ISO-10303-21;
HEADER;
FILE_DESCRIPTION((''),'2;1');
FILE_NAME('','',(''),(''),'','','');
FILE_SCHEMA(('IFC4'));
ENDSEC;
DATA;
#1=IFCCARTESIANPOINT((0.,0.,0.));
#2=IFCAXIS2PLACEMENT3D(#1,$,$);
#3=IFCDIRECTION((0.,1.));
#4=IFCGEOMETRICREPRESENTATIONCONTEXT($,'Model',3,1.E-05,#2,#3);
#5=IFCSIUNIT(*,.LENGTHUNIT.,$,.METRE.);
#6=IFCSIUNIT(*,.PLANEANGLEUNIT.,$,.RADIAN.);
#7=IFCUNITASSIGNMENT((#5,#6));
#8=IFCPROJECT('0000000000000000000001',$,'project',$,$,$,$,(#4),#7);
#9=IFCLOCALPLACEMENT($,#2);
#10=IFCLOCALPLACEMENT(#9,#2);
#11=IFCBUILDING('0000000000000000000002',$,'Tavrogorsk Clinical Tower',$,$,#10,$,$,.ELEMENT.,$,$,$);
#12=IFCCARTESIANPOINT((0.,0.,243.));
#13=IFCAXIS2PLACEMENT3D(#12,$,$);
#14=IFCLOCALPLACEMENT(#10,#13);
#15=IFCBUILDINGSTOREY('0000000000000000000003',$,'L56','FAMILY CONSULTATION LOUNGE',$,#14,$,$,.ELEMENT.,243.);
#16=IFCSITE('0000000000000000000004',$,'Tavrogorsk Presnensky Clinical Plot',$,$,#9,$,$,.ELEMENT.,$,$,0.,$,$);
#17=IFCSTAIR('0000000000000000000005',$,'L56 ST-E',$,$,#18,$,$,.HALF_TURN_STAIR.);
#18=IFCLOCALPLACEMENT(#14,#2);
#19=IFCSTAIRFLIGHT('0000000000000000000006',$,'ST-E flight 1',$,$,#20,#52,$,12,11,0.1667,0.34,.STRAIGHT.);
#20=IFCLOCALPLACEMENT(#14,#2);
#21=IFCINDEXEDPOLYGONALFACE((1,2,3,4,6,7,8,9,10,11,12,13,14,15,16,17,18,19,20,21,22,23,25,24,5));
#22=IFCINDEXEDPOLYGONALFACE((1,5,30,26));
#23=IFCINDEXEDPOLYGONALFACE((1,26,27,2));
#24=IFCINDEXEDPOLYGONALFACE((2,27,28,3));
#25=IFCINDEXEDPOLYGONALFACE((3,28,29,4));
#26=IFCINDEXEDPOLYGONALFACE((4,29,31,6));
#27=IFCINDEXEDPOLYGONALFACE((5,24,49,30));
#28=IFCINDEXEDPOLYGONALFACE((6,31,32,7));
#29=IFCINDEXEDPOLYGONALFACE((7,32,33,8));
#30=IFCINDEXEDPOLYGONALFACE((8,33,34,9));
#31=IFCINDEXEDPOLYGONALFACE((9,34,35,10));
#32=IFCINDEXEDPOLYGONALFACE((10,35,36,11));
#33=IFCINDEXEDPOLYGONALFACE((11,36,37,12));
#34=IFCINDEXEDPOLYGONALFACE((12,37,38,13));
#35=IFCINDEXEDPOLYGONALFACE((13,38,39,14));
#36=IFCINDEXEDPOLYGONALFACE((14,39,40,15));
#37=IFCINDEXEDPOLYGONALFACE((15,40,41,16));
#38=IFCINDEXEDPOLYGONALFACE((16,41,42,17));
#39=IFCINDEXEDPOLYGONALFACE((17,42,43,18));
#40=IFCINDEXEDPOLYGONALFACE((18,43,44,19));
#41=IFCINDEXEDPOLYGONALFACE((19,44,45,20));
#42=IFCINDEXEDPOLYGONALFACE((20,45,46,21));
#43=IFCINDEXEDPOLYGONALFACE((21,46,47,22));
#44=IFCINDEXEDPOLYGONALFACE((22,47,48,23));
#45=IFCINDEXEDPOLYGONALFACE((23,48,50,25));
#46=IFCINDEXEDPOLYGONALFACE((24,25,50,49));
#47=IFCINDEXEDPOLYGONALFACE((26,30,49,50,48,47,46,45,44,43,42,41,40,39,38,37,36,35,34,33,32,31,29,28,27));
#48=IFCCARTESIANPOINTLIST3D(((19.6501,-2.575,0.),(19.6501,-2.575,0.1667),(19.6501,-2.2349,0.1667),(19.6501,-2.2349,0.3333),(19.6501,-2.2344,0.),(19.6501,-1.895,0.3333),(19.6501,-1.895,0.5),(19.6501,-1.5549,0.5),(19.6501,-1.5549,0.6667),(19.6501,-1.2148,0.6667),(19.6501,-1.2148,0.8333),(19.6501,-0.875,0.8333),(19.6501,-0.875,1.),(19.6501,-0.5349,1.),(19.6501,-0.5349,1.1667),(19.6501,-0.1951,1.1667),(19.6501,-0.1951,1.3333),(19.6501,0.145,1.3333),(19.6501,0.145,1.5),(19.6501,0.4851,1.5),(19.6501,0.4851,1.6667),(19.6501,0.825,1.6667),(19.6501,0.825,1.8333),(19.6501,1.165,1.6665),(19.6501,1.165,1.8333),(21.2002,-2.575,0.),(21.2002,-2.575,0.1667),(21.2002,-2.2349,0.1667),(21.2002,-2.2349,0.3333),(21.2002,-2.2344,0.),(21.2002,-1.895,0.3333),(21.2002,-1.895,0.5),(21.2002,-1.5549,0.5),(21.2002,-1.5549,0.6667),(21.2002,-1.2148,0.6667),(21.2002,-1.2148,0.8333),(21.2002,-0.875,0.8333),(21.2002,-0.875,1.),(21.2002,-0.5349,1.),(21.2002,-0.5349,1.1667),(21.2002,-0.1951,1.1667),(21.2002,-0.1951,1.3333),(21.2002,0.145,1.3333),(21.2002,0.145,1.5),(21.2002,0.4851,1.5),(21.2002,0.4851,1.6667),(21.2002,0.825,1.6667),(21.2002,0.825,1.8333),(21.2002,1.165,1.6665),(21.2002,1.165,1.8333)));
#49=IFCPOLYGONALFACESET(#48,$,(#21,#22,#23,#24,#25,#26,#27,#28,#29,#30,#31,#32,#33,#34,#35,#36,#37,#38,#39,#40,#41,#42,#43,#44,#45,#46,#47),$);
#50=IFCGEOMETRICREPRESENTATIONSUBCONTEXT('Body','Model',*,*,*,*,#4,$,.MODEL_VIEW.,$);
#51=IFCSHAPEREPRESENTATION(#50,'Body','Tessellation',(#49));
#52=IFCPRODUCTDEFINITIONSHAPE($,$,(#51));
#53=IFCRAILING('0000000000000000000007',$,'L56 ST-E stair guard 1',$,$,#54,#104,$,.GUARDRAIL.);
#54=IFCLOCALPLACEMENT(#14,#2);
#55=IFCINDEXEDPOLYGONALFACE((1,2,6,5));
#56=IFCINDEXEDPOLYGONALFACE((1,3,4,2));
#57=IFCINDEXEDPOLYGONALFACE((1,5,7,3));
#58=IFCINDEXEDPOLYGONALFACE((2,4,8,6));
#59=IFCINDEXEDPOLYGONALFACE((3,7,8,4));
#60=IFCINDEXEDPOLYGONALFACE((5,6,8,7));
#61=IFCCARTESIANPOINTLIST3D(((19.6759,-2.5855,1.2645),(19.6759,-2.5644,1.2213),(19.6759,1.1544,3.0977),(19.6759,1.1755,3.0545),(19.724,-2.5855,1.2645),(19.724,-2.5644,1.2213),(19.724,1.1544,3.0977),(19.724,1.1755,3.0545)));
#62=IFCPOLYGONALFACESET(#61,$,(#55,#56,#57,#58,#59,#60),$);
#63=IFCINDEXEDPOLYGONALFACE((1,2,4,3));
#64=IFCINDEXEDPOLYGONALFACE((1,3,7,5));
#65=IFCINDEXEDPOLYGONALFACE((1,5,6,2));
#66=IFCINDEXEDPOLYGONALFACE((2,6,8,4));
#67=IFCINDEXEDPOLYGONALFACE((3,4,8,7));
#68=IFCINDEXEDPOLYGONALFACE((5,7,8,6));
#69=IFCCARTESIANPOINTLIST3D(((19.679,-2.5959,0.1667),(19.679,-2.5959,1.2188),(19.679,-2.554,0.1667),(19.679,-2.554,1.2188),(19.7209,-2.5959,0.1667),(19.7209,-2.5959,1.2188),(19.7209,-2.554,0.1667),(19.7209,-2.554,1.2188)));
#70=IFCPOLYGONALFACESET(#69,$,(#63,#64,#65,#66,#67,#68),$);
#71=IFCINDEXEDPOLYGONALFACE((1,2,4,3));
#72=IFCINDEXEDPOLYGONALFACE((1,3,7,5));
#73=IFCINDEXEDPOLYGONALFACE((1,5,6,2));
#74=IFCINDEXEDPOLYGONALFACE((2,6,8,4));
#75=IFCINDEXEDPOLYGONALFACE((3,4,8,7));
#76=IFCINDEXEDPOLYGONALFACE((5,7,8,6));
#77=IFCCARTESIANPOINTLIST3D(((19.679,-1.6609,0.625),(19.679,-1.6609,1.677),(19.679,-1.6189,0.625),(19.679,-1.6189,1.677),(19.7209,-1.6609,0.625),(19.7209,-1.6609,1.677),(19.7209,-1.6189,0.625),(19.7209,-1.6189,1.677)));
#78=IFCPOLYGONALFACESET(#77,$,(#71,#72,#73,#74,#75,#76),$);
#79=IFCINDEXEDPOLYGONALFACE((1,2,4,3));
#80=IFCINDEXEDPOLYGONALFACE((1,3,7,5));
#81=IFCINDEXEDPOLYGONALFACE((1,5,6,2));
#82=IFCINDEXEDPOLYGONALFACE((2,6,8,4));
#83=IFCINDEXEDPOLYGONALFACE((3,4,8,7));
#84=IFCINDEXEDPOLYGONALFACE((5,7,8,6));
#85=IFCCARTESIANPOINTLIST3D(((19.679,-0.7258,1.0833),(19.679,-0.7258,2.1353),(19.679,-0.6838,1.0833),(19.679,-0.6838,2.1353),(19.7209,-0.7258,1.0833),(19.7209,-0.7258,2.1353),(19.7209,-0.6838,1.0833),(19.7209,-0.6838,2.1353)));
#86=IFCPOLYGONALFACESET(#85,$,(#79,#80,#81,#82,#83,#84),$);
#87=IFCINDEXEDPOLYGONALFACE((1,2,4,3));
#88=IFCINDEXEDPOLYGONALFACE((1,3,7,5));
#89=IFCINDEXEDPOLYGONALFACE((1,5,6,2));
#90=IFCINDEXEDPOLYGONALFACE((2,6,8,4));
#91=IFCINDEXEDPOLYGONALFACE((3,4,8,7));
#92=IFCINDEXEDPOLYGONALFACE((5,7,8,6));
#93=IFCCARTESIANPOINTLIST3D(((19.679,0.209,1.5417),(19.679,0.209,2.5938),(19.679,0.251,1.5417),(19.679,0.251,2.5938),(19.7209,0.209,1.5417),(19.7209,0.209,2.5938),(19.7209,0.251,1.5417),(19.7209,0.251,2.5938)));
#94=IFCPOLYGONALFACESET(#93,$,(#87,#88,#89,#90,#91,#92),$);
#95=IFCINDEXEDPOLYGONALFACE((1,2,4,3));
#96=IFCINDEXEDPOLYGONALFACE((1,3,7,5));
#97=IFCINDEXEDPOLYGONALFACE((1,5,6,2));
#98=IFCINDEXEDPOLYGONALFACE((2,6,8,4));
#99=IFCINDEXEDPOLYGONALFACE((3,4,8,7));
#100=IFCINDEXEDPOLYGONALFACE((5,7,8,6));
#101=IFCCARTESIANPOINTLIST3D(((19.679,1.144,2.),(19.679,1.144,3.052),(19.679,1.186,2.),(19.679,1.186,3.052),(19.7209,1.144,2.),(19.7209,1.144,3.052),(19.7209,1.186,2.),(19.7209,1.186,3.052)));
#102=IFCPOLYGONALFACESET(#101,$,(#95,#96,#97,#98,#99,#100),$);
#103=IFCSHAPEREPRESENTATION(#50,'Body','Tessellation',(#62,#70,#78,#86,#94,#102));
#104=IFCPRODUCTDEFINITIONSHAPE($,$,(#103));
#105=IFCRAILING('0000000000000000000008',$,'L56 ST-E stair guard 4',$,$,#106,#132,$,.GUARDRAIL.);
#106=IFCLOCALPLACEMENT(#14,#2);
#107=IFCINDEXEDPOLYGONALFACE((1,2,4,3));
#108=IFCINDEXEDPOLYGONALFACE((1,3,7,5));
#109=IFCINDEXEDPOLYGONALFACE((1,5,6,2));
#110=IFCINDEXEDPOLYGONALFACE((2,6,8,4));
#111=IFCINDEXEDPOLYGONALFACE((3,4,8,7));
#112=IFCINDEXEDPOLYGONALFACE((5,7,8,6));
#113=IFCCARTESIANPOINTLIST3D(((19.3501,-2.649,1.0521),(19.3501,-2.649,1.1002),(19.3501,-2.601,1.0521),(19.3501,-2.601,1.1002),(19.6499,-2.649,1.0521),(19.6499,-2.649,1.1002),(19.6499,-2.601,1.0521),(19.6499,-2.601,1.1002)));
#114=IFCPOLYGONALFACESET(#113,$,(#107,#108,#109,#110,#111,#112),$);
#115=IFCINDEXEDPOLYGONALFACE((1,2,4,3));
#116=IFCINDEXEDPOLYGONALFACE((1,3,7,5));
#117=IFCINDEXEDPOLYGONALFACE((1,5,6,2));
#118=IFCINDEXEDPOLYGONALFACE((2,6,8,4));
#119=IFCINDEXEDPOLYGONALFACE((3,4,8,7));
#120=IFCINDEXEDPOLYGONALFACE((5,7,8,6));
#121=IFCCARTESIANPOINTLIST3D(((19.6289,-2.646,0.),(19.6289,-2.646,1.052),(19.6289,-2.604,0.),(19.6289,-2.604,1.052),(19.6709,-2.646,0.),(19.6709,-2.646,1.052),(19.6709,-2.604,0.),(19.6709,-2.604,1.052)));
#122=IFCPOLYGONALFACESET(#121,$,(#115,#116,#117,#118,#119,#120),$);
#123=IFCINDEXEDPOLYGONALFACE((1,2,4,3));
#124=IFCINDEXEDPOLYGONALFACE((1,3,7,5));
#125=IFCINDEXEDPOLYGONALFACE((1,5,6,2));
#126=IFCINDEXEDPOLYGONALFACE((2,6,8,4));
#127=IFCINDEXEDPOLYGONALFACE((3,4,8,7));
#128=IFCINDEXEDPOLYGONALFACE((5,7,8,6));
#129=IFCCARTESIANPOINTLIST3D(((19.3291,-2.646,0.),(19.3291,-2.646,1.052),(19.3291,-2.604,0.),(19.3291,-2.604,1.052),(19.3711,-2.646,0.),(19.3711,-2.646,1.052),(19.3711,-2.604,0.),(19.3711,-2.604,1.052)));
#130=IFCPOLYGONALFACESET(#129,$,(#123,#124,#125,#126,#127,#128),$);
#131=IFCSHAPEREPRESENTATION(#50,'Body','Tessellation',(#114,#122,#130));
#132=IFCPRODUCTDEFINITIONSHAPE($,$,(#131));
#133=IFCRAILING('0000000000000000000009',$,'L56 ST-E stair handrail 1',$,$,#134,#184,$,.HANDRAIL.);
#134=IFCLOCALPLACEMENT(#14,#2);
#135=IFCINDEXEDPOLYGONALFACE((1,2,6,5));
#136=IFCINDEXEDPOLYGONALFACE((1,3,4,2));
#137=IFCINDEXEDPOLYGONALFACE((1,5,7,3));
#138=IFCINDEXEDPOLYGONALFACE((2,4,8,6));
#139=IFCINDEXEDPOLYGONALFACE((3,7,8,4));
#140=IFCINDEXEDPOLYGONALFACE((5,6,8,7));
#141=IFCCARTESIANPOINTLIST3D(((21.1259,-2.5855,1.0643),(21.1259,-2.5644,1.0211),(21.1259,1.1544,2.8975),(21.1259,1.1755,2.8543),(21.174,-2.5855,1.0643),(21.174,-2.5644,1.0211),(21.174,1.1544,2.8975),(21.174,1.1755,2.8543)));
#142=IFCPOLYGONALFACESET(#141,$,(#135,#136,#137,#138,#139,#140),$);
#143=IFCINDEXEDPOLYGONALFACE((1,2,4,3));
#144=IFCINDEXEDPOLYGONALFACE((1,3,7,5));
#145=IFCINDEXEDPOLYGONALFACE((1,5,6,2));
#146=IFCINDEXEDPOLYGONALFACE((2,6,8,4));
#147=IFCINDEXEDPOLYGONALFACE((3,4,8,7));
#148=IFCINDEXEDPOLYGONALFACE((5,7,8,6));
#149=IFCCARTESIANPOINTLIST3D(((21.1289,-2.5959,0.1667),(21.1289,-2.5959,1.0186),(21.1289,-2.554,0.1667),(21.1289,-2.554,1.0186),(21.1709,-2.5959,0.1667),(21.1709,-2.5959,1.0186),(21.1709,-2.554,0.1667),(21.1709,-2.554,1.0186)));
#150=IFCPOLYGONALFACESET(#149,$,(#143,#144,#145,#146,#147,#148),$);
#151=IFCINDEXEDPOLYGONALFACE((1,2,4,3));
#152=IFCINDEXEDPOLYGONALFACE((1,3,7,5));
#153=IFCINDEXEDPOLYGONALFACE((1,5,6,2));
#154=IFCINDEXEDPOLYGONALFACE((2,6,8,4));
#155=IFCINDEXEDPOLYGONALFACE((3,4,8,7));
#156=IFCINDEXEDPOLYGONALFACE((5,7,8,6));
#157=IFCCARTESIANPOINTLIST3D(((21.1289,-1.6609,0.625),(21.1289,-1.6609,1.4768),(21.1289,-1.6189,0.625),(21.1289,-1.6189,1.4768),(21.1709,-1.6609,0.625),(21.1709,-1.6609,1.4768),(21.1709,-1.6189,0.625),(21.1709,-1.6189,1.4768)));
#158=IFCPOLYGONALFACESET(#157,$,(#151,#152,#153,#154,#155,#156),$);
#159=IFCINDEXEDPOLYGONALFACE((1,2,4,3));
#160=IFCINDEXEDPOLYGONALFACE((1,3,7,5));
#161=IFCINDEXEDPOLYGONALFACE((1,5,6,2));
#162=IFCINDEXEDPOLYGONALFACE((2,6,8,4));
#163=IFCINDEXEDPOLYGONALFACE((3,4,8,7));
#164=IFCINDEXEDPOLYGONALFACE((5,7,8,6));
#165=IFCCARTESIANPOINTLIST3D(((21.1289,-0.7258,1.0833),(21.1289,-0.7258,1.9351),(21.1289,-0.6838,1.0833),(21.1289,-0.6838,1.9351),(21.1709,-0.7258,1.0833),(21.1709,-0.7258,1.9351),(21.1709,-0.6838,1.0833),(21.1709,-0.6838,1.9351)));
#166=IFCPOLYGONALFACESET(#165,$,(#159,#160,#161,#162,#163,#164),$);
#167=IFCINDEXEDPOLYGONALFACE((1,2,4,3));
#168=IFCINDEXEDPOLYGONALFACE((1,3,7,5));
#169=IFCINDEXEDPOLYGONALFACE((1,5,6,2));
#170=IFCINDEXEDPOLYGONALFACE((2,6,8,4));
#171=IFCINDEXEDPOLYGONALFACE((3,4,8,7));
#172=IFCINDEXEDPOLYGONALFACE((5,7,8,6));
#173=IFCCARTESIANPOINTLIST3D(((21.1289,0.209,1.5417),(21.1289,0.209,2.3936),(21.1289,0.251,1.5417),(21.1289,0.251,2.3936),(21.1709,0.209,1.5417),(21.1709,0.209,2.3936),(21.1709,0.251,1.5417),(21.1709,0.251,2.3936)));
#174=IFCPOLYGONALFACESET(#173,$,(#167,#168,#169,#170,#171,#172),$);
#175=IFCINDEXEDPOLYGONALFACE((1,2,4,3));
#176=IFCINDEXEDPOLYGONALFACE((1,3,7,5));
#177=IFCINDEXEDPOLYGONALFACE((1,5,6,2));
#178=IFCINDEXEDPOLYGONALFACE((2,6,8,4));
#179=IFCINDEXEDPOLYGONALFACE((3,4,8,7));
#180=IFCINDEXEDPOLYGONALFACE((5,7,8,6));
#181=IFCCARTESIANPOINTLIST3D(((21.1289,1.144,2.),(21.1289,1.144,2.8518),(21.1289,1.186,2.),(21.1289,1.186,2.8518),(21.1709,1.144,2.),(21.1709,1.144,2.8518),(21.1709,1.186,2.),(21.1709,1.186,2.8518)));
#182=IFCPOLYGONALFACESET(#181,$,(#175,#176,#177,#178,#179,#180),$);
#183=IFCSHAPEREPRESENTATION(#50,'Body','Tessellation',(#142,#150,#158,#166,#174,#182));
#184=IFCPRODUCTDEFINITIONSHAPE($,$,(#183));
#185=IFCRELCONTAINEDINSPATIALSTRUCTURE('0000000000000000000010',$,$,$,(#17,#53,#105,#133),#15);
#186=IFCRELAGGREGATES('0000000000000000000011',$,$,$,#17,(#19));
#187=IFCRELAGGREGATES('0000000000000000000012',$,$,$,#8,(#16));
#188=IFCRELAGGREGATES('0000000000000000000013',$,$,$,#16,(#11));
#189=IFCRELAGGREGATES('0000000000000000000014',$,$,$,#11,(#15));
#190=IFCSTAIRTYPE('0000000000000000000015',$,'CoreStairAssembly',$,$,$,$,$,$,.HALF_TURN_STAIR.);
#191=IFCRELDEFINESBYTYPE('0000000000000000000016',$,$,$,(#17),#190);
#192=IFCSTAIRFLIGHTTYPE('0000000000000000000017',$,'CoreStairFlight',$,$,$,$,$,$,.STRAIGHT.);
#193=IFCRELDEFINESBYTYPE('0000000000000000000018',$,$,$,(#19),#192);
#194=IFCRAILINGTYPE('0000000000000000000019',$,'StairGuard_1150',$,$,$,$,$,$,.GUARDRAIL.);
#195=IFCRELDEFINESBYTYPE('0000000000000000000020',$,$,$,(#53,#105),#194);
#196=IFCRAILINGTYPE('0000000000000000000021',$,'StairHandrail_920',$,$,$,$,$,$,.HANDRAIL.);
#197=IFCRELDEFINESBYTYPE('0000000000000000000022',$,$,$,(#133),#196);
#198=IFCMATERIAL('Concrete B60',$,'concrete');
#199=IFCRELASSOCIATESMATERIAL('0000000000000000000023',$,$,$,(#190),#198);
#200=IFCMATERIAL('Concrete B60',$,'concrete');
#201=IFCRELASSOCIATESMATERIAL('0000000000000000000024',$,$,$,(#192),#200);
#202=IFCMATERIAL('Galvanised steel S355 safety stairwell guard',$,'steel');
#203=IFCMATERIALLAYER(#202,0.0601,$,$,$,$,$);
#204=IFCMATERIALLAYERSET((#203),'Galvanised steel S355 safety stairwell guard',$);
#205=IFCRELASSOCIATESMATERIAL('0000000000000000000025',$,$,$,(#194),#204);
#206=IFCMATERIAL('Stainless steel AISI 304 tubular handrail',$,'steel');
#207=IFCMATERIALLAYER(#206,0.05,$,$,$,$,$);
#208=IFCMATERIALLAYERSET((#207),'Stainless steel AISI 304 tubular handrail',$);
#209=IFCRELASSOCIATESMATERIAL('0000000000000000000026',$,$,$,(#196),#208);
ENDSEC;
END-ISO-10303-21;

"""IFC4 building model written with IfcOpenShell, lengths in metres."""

from ifc_helpers import new_model, si_unit, direction, frame, origin, origin_2d, place, context, subcontext, project, spatial, polyline, rectangle, outline, extrude, material, layer, layer_set, type_object, element, aggregate, save


model = new_model("IFC4")

# Units and contexts
model_context = context("Model", 3, precision=1e-05, world=origin(), true_north=direction((0.0, 1.0)))
body_context = subcontext(model_context, "Body", "Model", "MODEL_VIEW")
ifc_project = project(units=[si_unit("LENGTHUNIT", "METRE"), si_unit("PLANEANGLEUNIT", "RADIAN")], contexts=[model_context])

# Site, building, storey
site_placement = place(None, origin())
site = spatial("IfcSite", under=ifc_project, at=site_placement, Name="Tavrogorsk Presnensky Clinical Plot", CompositionType="ELEMENT", RefElevation=0.0)
building_placement = place(site_placement, origin())
building = spatial("IfcBuilding", under=site, at=building_placement, Name="Tavrogorsk Clinical Tower", CompositionType="ELEMENT")
storey_placement = place(building_placement, frame((0.0, 0.0, 243.0)))
storey = spatial("IfcBuildingStorey", under=building, at=storey_placement, Name="L56", Description="FAMILY CONSULTATION LOUNGE", CompositionType="ELEMENT", Elevation=243.0)

# Stair, stair flight
ifc_material_1 = material(Name="Concrete B60", Category="concrete")
stair_type = type_object("IfcStairType", Name="CoreStairAssembly", PredefinedType="HALF_TURN_STAIR", material=ifc_material_1)
stair_placement = place(storey_placement, origin())
stair = element("IfcStair", 1, at=stair_placement, inside=storey, type_object=stair_type, Name="L56 ST-E", PredefinedType="HALF_TURN_STAIR")
ifc_material_2 = material(Name="Concrete B60", Category="concrete")
stair_flight_type = type_object("IfcStairFlightType", Name="CoreStairFlight", PredefinedType="STRAIGHT", material=ifc_material_2)
stair_flight_placement = place(storey_placement, frame((20.425, -2.575, 0.0), z_axis=(0.0, 0.0, 1.0), x_axis=(0.0, 1.0, 0.0)))
stair_flight = element("IfcStairFlight", 2, at=stair_flight_placement, type_object=stair_flight_type, Name="ST-E flight 1", NumberOfRisers=12, NumberOfTreads=11, PredefinedType="STRAIGHT", RiserHeight=0.1667, TreadLength=0.34, context=body_context, shape_type="SweptSolid", body=[
    extrude(outline(polyline([(0.0, 0.0), (0.0, 0.1667), (0.3401, 0.1667), (0.3401, 0.3333), (0.6799, 0.3333), (0.6799, 0.5), (1.02, 0.5), (1.02, 0.6667), (1.3601, 0.6667), (1.3601, 0.8333), (1.7, 0.8333), (1.7, 1.0), (2.04, 1.0), (2.04, 1.1667), (2.3799, 1.1667), (2.3799, 1.3333), (2.72, 1.3333), (2.72, 1.5), (3.0601, 1.5), (3.0601, 1.6667), (3.3999, 1.6667), (3.3999, 1.8333), (3.74, 1.8333), (3.74, 2.0), (3.74, 1.6665), (0.3406, 0.0), (0.0, 0.0)])), frame((0.0, 0.7749, 0.0), z_axis=(0.0, -1.0, 0.0), x_axis=(1.0, 0.0, 0.0)), (0.0, 0.0, 1.0), 1.55),
])
aggregate(stair, [stair_flight])

# Railings
ifc_material_3 = material(Name="Galvanised steel S355 safety stairwell guard", Category="steel")
ifc_layer_1 = layer(ifc_material_3, 0.0601)
ifc_layer_set_1 = layer_set([ifc_layer_1], Name="Galvanised steel S355 safety stairwell guard")
railing_type_1 = type_object("IfcRailingType", Name="StairGuard_1150", PredefinedType="GUARDRAIL", material=ifc_layer_set_1)
railing_1_placement = place(storey_placement, frame((19.7, -2.575, 0.1667)))
element("IfcRailing", 3, at=railing_1_placement, inside=storey, type_object=railing_type_1, Name="L56 ST-E stair guard 1", PredefinedType="GUARDRAIL", context=body_context, shape_type="SweptSolid", body=[
    extrude(rectangle(XDim=0.0481, YDim=0.0481, at=origin_2d()), frame((0.0, 0.0, 1.0762), z_axis=(0.0, 0.897928, 0.440142), x_axis=(-1.0, 0.0, 0.0)), (0.0, 0.0, 1.0), 4.165),
    extrude(rectangle(XDim=0.042, YDim=0.042, at=origin_2d()), origin(), (0.0, 0.0, 1.0), 1.052),
    extrude(rectangle(XDim=0.042, YDim=0.042, at=origin_2d()), frame((0.0, 0.9351, 0.4583)), (0.0, 0.0, 1.0), 1.052),
    extrude(rectangle(XDim=0.042, YDim=0.042, at=origin_2d()), frame((0.0, 1.8701, 0.9165)), (0.0, 0.0, 1.0), 1.052),
    extrude(rectangle(XDim=0.042, YDim=0.042, at=origin_2d()), frame((0.0, 2.8049, 1.375)), (0.0, 0.0, 1.0), 1.052),
    extrude(rectangle(XDim=0.042, YDim=0.042, at=origin_2d()), frame((0.0, 3.74, 1.8333)), (0.0, 0.0, 1.0), 1.052),
])
railing_2_placement = place(storey_placement, frame((19.6499, -2.625, 0.0)))
element("IfcRailing", 4, at=railing_2_placement, inside=storey, type_object=railing_type_1, Name="L56 ST-E stair guard 4", PredefinedType="GUARDRAIL", context=body_context, shape_type="SweptSolid", body=[
    extrude(rectangle(XDim=0.0481, YDim=0.0481, at=origin_2d()), frame((0.0, 0.0, 1.0762), z_axis=(-1.0, 0.0, 0.0), x_axis=(0.0, -1.0, 0.0)), (0.0, 0.0, 1.0), 0.2998),
    extrude(rectangle(XDim=0.042, YDim=0.042, at=origin_2d()), origin(), (0.0, 0.0, 1.0), 1.052),
    extrude(rectangle(XDim=0.042, YDim=0.042, at=origin_2d()), frame((-0.2998, 0.0, 0.0)), (0.0, 0.0, 1.0), 1.052),
])
ifc_material_4 = material(Name="Stainless steel AISI 304 tubular handrail", Category="steel")
ifc_layer_2 = layer(ifc_material_4, 0.05)
ifc_layer_set_2 = layer_set([ifc_layer_2], Name="Stainless steel AISI 304 tubular handrail")
railing_type_2 = type_object("IfcRailingType", Name="StairHandrail_920", PredefinedType="HANDRAIL", material=ifc_layer_set_2)
railing_3_placement = place(storey_placement, frame((21.1499, -2.575, 0.1667)))
element("IfcRailing", 5, at=railing_3_placement, inside=storey, type_object=railing_type_2, Name="L56 ST-E stair handrail 1", PredefinedType="HANDRAIL", context=body_context, shape_type="SweptSolid", body=[
    extrude(rectangle(XDim=0.0481, YDim=0.0481, at=origin_2d()), frame((0.0, 0.0, 0.876), z_axis=(0.0, 0.897928, 0.440142), x_axis=(-1.0, 0.0, 0.0)), (0.0, 0.0, 1.0), 4.165),
    extrude(rectangle(XDim=0.042, YDim=0.042, at=origin_2d()), origin(), (0.0, 0.0, 1.0), 0.8518),
    extrude(rectangle(XDim=0.042, YDim=0.042, at=origin_2d()), frame((0.0, 0.9351, 0.4583)), (0.0, 0.0, 1.0), 0.8518),
    extrude(rectangle(XDim=0.042, YDim=0.042, at=origin_2d()), frame((0.0, 1.8701, 0.9165)), (0.0, 0.0, 1.0), 0.8518),
    extrude(rectangle(XDim=0.042, YDim=0.042, at=origin_2d()), frame((0.0, 2.8049, 1.375)), (0.0, 0.0, 1.0), 0.8518),
    extrude(rectangle(XDim=0.042, YDim=0.042, at=origin_2d()), frame((0.0, 3.74, 1.8333)), (0.0, 0.0, 1.0), 0.8518),
])

save(model, "model.ifc")
